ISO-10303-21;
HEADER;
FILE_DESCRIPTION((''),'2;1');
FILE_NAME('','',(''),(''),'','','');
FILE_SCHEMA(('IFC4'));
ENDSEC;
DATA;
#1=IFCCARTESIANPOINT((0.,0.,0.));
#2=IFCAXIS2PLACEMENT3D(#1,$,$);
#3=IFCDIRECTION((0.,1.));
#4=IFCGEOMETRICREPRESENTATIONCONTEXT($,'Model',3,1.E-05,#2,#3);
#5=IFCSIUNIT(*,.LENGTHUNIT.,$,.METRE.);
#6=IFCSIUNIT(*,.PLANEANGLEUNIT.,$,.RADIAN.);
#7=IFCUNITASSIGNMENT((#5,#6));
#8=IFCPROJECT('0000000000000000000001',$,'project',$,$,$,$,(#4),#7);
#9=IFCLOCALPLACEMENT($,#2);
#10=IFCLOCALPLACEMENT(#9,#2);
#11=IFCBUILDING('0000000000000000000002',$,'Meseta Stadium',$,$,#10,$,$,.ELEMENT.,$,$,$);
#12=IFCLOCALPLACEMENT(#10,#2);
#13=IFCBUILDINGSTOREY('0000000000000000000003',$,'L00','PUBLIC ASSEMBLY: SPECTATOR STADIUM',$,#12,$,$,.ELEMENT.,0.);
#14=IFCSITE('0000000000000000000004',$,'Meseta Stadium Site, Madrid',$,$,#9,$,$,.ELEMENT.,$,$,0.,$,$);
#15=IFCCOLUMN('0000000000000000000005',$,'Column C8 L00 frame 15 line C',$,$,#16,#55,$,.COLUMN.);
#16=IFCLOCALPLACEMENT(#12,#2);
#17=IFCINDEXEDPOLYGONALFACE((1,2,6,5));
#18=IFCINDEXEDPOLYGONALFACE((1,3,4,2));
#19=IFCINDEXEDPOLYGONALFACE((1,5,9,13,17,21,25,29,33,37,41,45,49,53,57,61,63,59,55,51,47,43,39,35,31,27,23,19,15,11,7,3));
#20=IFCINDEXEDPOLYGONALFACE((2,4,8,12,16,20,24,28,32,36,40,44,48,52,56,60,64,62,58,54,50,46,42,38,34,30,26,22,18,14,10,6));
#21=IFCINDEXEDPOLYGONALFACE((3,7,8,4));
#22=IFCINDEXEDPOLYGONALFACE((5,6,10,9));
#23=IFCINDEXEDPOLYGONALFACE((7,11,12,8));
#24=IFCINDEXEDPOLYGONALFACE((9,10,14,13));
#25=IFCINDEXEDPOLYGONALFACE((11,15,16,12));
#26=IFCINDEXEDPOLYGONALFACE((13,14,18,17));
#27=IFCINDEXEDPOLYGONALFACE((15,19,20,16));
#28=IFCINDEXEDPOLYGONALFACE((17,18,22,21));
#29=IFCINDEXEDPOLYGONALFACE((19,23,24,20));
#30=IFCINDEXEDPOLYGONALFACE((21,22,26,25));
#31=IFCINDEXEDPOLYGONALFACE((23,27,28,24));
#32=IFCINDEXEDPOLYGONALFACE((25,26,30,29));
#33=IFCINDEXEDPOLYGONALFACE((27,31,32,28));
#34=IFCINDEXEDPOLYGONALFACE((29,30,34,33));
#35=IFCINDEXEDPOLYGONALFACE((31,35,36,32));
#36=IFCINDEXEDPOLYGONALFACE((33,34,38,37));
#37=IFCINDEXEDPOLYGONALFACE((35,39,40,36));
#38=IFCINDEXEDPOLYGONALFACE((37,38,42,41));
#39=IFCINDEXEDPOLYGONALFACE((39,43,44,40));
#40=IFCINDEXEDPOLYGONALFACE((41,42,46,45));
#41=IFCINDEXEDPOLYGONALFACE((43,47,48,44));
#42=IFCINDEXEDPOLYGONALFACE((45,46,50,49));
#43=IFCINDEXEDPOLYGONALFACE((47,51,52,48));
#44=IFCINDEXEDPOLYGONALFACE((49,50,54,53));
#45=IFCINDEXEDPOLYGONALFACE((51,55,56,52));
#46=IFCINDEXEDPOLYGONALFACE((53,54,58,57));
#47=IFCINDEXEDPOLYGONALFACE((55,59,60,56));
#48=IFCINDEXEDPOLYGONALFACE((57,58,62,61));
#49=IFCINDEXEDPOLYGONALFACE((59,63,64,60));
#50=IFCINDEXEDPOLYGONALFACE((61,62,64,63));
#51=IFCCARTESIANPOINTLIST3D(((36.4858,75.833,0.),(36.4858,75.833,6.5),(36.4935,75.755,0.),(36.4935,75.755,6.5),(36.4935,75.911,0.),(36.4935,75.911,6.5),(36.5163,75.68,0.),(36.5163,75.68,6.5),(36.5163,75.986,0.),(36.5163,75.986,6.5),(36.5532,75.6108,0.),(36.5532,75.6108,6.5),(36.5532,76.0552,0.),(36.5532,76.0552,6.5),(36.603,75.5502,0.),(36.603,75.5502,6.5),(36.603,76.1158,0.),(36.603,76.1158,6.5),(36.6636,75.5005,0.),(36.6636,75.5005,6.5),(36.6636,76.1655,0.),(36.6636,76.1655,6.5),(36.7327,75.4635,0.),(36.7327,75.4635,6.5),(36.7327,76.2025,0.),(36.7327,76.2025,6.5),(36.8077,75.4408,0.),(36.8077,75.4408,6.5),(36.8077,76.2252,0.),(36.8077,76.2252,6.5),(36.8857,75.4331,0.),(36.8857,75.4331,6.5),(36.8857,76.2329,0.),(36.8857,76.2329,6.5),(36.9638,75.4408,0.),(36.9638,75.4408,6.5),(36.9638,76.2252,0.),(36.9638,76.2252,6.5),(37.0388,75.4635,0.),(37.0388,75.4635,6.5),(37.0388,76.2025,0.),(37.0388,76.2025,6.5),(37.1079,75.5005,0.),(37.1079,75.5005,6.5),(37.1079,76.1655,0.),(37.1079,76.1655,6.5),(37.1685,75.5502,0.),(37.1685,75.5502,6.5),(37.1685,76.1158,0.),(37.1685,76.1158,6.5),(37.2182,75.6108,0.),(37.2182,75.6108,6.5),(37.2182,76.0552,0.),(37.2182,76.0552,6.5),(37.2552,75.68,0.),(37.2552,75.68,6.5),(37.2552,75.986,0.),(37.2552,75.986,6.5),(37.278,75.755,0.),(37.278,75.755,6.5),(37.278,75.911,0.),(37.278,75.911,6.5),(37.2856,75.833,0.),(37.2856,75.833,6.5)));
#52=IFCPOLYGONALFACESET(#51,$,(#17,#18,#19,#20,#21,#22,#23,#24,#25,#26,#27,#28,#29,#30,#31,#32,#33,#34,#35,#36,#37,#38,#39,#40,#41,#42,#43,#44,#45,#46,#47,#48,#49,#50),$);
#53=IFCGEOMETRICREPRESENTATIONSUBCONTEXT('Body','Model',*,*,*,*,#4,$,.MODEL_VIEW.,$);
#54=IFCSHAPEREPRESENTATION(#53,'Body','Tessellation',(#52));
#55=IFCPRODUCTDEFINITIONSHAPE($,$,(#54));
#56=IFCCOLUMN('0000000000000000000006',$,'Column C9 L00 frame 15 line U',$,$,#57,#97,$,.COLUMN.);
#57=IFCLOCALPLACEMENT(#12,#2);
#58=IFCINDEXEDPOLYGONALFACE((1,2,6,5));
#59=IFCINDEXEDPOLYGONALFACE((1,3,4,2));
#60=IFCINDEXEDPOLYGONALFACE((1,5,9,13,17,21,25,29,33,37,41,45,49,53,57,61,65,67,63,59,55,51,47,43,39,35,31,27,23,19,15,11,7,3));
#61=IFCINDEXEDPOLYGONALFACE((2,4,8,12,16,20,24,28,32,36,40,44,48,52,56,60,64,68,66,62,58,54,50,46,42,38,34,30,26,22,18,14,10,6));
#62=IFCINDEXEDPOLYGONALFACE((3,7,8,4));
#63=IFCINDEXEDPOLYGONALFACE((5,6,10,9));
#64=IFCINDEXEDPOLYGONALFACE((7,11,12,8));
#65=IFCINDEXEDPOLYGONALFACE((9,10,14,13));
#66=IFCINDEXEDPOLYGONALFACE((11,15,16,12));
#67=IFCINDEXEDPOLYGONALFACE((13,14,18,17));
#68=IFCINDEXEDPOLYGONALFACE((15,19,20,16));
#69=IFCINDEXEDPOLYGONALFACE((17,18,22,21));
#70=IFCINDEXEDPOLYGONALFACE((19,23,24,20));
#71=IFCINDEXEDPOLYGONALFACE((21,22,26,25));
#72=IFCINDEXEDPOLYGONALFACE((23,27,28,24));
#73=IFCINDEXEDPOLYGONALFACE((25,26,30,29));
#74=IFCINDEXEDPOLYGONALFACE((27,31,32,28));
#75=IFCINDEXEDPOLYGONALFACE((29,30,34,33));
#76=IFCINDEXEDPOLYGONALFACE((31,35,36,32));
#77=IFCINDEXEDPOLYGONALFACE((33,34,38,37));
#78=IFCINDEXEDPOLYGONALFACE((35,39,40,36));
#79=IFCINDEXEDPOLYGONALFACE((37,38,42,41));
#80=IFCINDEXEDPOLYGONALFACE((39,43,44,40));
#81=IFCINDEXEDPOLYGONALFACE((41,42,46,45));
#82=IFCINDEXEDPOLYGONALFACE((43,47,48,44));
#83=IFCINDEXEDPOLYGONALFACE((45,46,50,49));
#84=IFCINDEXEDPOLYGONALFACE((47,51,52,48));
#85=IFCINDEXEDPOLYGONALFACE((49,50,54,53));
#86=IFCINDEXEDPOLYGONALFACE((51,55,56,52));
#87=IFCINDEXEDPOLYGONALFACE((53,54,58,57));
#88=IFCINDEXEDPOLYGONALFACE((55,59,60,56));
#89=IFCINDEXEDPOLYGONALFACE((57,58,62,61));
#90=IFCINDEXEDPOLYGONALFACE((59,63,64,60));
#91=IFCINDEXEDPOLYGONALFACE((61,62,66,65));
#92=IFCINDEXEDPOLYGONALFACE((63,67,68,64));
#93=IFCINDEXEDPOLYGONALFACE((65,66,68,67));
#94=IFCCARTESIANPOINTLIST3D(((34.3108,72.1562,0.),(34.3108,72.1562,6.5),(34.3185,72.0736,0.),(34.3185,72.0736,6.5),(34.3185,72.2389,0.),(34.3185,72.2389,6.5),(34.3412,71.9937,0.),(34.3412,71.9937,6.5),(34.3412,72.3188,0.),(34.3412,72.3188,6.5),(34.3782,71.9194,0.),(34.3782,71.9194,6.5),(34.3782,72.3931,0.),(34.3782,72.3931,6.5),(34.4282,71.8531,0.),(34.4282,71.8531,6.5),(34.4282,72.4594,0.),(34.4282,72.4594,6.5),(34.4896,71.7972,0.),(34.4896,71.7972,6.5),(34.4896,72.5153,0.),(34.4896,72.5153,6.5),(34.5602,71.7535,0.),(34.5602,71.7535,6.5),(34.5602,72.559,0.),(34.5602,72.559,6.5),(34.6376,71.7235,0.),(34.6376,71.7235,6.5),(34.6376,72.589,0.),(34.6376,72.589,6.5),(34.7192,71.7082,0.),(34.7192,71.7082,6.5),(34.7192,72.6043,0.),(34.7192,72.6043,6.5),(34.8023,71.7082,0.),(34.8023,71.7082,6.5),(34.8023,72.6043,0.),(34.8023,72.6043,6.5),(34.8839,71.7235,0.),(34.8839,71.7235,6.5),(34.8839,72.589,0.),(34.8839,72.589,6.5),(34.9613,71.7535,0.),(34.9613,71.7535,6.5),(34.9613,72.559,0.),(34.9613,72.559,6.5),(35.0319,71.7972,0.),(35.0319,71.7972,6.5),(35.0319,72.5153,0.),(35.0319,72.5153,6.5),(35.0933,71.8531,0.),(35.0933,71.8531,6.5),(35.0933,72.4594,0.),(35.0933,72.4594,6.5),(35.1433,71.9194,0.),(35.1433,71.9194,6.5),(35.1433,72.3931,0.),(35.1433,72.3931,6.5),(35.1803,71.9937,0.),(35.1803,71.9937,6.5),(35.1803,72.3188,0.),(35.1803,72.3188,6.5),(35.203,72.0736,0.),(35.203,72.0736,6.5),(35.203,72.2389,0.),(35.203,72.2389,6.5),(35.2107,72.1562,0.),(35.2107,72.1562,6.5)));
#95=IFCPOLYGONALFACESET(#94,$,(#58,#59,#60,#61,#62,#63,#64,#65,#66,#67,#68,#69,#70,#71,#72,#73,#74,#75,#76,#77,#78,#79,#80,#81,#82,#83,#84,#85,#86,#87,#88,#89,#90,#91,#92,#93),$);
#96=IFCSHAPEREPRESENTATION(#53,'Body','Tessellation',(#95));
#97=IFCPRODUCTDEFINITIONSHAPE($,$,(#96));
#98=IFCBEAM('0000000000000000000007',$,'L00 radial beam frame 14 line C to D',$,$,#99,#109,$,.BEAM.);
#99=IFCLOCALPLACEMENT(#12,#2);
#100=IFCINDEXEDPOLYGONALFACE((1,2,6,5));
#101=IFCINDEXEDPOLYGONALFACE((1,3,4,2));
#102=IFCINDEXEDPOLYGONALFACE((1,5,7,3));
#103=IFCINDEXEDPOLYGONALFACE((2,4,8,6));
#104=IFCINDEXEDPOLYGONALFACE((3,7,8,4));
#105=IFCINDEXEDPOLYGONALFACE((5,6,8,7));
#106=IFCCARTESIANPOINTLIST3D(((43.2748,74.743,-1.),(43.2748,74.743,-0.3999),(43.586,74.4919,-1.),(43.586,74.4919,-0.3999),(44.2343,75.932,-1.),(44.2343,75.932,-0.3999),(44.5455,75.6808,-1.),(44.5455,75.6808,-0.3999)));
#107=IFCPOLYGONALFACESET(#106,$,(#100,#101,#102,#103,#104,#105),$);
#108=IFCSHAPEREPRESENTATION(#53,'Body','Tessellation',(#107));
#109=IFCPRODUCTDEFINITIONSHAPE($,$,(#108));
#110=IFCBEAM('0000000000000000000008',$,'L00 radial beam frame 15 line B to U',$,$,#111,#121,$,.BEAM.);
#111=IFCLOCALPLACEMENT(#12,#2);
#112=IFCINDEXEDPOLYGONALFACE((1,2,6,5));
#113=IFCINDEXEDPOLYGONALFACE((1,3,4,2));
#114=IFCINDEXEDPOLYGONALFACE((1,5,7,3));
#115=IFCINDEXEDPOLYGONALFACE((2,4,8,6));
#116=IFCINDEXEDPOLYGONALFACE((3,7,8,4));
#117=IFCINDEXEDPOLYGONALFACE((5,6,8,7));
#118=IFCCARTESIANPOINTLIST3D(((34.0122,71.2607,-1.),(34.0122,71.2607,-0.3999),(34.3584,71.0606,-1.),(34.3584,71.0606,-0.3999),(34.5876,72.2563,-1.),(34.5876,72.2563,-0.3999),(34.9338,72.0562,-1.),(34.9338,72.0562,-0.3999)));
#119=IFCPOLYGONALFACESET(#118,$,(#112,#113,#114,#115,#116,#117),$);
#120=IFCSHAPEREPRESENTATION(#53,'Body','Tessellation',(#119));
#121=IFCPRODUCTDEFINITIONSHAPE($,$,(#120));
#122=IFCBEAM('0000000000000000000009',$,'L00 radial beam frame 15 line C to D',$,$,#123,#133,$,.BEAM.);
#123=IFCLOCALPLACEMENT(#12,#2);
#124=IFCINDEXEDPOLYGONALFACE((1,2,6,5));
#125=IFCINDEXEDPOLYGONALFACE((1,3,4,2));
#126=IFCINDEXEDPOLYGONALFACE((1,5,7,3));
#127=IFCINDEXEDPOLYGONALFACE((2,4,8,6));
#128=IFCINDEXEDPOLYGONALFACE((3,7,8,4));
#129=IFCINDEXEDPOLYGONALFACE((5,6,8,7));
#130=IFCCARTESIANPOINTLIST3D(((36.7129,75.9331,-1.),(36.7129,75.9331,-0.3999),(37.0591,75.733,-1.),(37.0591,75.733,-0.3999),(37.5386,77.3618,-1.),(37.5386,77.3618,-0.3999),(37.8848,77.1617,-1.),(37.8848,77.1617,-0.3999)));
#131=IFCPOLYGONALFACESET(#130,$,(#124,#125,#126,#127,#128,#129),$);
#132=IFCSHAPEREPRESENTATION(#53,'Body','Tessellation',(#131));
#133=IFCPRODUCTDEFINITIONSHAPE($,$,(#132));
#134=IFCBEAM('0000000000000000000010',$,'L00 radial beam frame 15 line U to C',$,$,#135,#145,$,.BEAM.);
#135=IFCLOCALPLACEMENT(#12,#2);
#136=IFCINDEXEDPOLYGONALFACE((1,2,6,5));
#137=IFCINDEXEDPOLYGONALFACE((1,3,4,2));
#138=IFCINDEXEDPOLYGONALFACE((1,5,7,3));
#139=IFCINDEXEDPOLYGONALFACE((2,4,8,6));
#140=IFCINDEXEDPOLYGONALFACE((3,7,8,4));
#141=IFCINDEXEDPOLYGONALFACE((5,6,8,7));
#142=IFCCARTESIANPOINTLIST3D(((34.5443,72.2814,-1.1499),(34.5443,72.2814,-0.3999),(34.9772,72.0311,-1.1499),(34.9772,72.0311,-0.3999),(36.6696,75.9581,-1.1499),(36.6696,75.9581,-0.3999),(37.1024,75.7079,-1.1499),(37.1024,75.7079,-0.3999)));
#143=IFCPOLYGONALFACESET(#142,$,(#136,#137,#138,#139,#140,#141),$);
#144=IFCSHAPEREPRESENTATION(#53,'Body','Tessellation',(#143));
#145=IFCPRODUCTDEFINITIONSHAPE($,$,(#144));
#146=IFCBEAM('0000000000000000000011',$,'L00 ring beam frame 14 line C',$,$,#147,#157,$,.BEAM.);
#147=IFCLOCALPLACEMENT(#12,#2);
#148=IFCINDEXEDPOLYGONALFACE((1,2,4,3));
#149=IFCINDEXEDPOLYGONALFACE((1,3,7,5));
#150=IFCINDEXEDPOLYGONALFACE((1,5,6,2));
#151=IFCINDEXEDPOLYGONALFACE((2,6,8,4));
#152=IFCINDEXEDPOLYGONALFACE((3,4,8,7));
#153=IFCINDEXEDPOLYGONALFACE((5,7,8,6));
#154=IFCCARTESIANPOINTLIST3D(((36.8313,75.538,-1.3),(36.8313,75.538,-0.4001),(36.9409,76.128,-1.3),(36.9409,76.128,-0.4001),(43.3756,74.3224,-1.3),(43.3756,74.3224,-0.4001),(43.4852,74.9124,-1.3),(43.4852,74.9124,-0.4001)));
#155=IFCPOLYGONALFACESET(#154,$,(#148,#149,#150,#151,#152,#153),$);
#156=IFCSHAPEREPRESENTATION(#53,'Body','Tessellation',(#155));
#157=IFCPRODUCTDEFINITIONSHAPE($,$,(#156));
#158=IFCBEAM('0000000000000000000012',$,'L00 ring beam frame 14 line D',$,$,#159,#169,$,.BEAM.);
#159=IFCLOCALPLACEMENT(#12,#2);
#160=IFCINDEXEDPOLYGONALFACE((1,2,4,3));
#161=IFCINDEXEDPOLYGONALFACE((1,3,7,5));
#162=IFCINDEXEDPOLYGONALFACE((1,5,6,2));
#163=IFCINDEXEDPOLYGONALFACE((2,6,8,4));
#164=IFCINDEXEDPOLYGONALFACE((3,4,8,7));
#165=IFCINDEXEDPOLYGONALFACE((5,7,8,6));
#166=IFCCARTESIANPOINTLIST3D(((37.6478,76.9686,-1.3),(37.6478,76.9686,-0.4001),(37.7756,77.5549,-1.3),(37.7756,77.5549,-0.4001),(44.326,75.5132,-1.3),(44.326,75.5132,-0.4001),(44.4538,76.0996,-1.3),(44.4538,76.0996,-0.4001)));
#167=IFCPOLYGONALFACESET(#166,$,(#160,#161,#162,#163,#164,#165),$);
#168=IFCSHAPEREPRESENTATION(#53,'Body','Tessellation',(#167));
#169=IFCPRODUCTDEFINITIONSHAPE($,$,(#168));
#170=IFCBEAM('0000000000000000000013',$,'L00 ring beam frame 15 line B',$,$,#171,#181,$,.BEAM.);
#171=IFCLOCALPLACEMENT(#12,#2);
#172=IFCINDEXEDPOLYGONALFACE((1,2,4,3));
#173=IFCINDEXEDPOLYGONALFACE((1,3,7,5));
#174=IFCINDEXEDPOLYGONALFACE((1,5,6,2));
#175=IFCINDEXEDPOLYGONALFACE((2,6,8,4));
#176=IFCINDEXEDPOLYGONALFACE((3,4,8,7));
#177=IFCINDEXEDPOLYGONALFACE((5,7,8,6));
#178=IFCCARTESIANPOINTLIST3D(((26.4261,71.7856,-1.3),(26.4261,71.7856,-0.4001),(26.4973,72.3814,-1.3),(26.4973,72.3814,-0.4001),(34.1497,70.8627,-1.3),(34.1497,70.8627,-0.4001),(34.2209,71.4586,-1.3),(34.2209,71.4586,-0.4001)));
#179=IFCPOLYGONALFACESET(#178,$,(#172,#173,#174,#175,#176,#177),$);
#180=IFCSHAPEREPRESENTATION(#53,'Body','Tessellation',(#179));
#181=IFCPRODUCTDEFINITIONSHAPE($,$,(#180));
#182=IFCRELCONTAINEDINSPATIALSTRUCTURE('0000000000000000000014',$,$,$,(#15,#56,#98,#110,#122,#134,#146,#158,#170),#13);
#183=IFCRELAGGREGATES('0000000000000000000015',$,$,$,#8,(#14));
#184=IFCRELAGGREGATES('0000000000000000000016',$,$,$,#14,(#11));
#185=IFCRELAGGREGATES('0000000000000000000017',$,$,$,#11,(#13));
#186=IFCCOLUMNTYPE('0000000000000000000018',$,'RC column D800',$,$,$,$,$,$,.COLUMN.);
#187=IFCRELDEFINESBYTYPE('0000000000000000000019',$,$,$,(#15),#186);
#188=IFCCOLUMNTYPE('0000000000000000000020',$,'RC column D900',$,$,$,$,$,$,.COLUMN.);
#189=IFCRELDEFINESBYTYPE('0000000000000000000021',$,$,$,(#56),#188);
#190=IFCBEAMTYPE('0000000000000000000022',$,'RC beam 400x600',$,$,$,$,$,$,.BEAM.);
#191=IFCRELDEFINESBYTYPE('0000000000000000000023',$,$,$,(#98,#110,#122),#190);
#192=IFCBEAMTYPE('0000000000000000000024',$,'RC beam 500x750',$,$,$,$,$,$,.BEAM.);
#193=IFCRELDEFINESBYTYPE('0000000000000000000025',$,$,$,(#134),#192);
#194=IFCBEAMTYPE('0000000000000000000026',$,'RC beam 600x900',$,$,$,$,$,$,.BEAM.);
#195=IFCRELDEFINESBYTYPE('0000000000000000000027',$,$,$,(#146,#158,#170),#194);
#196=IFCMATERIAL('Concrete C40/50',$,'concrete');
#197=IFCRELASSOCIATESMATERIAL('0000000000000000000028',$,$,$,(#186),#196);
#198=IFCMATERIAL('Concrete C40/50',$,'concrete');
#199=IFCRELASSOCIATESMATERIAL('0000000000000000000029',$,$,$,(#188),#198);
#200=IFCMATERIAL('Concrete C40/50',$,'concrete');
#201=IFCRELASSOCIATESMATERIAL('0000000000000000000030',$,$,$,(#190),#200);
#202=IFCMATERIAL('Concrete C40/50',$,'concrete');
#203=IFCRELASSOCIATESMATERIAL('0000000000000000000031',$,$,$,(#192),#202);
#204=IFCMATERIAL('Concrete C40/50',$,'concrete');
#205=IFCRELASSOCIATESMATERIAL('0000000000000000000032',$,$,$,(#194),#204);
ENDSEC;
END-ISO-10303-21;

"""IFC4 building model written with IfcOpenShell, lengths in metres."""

from ifc_helpers import new_model, si_unit, direction, frame, origin, origin_2d, place, context, subcontext, project, spatial, rectangle, circle, extrude, material, material_profile, profile_set, type_object, element, save


model = new_model("IFC4")

# Units and contexts
model_context = context("Model", 3, precision=1e-05, world=origin(), true_north=direction((0.0, 1.0)))
body_context = subcontext(model_context, "Body", "Model", "MODEL_VIEW")
ifc_project = project(units=[si_unit("LENGTHUNIT", "METRE"), si_unit("PLANEANGLEUNIT", "RADIAN")], contexts=[model_context])

# Site, building, storey
site_placement = place(None, origin())
site = spatial("IfcSite", under=ifc_project, at=site_placement, Name="Meseta Stadium Site, Madrid", CompositionType="ELEMENT", RefElevation=0.0)
building_placement = place(site_placement, origin())
building = spatial("IfcBuilding", under=site, at=building_placement, Name="Meseta Stadium", CompositionType="ELEMENT")
storey_placement = place(building_placement, origin())
storey = spatial("IfcBuildingStorey", under=building, at=storey_placement, Name="L00", Description="PUBLIC ASSEMBLY: SPECTATOR STADIUM", CompositionType="ELEMENT", Elevation=0.0)

# Columns
ifc_material_1 = material(Name="Concrete C40/50", Category="concrete")
ifc_material_profile_1 = material_profile(ifc_material_1, circle(Radius=0.3999, at=origin_2d()), Name="RC D800")
ifc_profile_set_1 = profile_set([ifc_material_profile_1], Name="Concrete C40/50")
column_type_1 = type_object("IfcColumnType", Name="RC column D800", PredefinedType="COLUMN", material=ifc_profile_set_1)
column_1_placement = place(storey_placement, frame((36.8857, 75.833, 0.0), z_axis=(0.0, 0.0, 1.0), x_axis=(1.0, 0.0, 0.0)))
element("IfcColumn", 1, at=column_1_placement, inside=storey, type_object=column_type_1, Name="Column C8 L00 frame 15 line C", PredefinedType="COLUMN", context=body_context, shape_type="SweptSolid", body=[
    extrude(circle(Radius=0.3999, at=origin_2d()), origin(), (0.0, 0.0, 1.0), 6.5),
])
ifc_material_2 = material(Name="Concrete C40/50", Category="concrete")
ifc_material_profile_2 = material_profile(ifc_material_2, circle(Radius=0.45, at=origin_2d()), Name="RC D900")
ifc_profile_set_2 = profile_set([ifc_material_profile_2], Name="Concrete C40/50")
column_type_2 = type_object("IfcColumnType", Name="RC column D900", PredefinedType="COLUMN", material=ifc_profile_set_2)
column_2_placement = place(storey_placement, frame((34.7607, 72.1562, 0.0), z_axis=(0.0, 0.0, 1.0), x_axis=(1.0, 0.0, 0.0)))
element("IfcColumn", 2, at=column_2_placement, inside=storey, type_object=column_type_2, Name="Column C9 L00 frame 15 line U", PredefinedType="COLUMN", context=body_context, shape_type="SweptSolid", body=[
    extrude(circle(Radius=0.45, at=origin_2d()), origin(), (0.0, 0.0, 1.0), 6.5),
])

# Beams
ifc_material_3 = material(Name="Concrete C40/50", Category="concrete")
ifc_material_profile_3 = material_profile(ifc_material_3, rectangle(XDim=0.3999, YDim=0.6001, at=origin_2d()), Name="RC 400x600")
ifc_profile_set_3 = profile_set([ifc_material_profile_3], Name="Concrete C40/50")
beam_type_1 = type_object("IfcBeamType", Name="RC beam 400x600", PredefinedType="BEAM", material=ifc_profile_set_3)
beam_1_placement = place(storey_placement, frame((43.4304, 74.6174, -0.7), z_axis=(0.628002, 0.778211, 0.0), x_axis=(-0.778211, 0.628002, 0.0)))
element("IfcBeam", 3, at=beam_1_placement, inside=storey, type_object=beam_type_1, Name="L00 radial beam frame 14 line C to D", PredefinedType="BEAM", context=body_context, shape_type="SweptSolid", body=[
    extrude(rectangle(XDim=0.3999, YDim=0.6001, at=origin_2d()), origin(), (0.0, 0.0, 1.0), 1.5278),
])
beam_2_placement = place(storey_placement, frame((34.1853, 71.1606, -0.7), z_axis=(0.500408, 0.865789, 0.0), x_axis=(-0.865789, 0.500408, 0.0)))
element("IfcBeam", 4, at=beam_2_placement, inside=storey, type_object=beam_type_1, Name="L00 radial beam frame 15 line B to U", PredefinedType="BEAM", context=body_context, shape_type="SweptSolid", body=[
    extrude(rectangle(XDim=0.3999, YDim=0.6001, at=origin_2d()), origin(), (0.0, 0.0, 1.0), 1.1499),
])
beam_3_placement = place(storey_placement, frame((36.886, 75.833, -0.7), z_axis=(0.500371, 0.865811, 0.0), x_axis=(-0.865811, 0.500371, 0.0)))
element("IfcBeam", 5, at=beam_3_placement, inside=storey, type_object=beam_type_1, Name="L00 radial beam frame 15 line C to D", PredefinedType="BEAM", context=body_context, shape_type="SweptSolid", body=[
    extrude(rectangle(XDim=0.3999, YDim=0.6001, at=origin_2d()), origin(), (0.0, 0.0, 1.0), 1.6501),
])
ifc_material_4 = material(Name="Concrete C40/50", Category="concrete")
ifc_material_profile_4 = material_profile(ifc_material_4, rectangle(XDim=0.5, YDim=0.75, at=origin_2d()), Name="RC 500x750")
ifc_profile_set_4 = profile_set([ifc_material_profile_4], Name="Concrete C40/50")
beam_type_2 = type_object("IfcBeamType", Name="RC beam 500x750", PredefinedType="BEAM", material=ifc_profile_set_4)
beam_4_placement = place(storey_placement, frame((34.7607, 72.1562, -0.7749), z_axis=(0.500436, 0.865774, 0.0), x_axis=(-0.865774, 0.500436, 0.0)))
element("IfcBeam", 6, at=beam_4_placement, inside=storey, type_object=beam_type_2, Name="L00 radial beam frame 15 line U to C", PredefinedType="BEAM", context=body_context, shape_type="SweptSolid", body=[
    extrude(rectangle(XDim=0.5, YDim=0.75, at=origin_2d()), origin(), (0.0, 0.0, 1.0), 4.2468),
])
ifc_material_5 = material(Name="Concrete C40/50", Category="concrete")
ifc_material_profile_5 = material_profile(ifc_material_5, rectangle(XDim=0.6001, YDim=0.8999, at=origin_2d()), Name="RC 600x900")
ifc_profile_set_5 = profile_set([ifc_material_profile_5], Name="Concrete C40/50")
beam_type_3 = type_object("IfcBeamType", Name="RC beam 600x900", PredefinedType="BEAM", material=ifc_profile_set_5)
beam_5_placement = place(storey_placement, frame((43.4304, 74.6174, -0.8501), z_axis=(-0.983184, 0.182619, 0.0), x_axis=(-0.182619, -0.983184, 0.0)))
element("IfcBeam", 7, at=beam_5_placement, inside=storey, type_object=beam_type_3, Name="L00 ring beam frame 14 line C", PredefinedType="BEAM", context=body_context, shape_type="SweptSolid", body=[
    extrude(rectangle(XDim=0.6001, YDim=0.8999, at=origin_2d()), origin(), (0.0, 0.0, 1.0), 6.6562),
])
beam_6_placement = place(storey_placement, frame((44.3899, 75.8064, -0.8501), z_axis=(-0.977069, 0.212923, 0.0), x_axis=(-0.212923, -0.977069, 0.0)))
element("IfcBeam", 8, at=beam_6_placement, inside=storey, type_object=beam_type_3, Name="L00 ring beam frame 14 line D", PredefinedType="BEAM", context=body_context, shape_type="SweptSolid", body=[
    extrude(rectangle(XDim=0.6001, YDim=0.8999, at=origin_2d()), origin(), (0.0, 0.0, 1.0), 6.835),
])
beam_7_placement = place(storey_placement, frame((34.1853, 71.1606, -0.8501), z_axis=(-0.992937, 0.11864, 0.0), x_axis=(-0.11864, -0.992937, 0.0)))
element("IfcBeam", 9, at=beam_7_placement, inside=storey, type_object=beam_type_3, Name="L00 ring beam frame 15 line B", PredefinedType="BEAM", context=body_context, shape_type="SweptSolid", body=[
    extrude(rectangle(XDim=0.6001, YDim=0.8999, at=origin_2d()), origin(), (0.0, 0.0, 1.0), 7.7786),
])

save(model, "model.ifc")
